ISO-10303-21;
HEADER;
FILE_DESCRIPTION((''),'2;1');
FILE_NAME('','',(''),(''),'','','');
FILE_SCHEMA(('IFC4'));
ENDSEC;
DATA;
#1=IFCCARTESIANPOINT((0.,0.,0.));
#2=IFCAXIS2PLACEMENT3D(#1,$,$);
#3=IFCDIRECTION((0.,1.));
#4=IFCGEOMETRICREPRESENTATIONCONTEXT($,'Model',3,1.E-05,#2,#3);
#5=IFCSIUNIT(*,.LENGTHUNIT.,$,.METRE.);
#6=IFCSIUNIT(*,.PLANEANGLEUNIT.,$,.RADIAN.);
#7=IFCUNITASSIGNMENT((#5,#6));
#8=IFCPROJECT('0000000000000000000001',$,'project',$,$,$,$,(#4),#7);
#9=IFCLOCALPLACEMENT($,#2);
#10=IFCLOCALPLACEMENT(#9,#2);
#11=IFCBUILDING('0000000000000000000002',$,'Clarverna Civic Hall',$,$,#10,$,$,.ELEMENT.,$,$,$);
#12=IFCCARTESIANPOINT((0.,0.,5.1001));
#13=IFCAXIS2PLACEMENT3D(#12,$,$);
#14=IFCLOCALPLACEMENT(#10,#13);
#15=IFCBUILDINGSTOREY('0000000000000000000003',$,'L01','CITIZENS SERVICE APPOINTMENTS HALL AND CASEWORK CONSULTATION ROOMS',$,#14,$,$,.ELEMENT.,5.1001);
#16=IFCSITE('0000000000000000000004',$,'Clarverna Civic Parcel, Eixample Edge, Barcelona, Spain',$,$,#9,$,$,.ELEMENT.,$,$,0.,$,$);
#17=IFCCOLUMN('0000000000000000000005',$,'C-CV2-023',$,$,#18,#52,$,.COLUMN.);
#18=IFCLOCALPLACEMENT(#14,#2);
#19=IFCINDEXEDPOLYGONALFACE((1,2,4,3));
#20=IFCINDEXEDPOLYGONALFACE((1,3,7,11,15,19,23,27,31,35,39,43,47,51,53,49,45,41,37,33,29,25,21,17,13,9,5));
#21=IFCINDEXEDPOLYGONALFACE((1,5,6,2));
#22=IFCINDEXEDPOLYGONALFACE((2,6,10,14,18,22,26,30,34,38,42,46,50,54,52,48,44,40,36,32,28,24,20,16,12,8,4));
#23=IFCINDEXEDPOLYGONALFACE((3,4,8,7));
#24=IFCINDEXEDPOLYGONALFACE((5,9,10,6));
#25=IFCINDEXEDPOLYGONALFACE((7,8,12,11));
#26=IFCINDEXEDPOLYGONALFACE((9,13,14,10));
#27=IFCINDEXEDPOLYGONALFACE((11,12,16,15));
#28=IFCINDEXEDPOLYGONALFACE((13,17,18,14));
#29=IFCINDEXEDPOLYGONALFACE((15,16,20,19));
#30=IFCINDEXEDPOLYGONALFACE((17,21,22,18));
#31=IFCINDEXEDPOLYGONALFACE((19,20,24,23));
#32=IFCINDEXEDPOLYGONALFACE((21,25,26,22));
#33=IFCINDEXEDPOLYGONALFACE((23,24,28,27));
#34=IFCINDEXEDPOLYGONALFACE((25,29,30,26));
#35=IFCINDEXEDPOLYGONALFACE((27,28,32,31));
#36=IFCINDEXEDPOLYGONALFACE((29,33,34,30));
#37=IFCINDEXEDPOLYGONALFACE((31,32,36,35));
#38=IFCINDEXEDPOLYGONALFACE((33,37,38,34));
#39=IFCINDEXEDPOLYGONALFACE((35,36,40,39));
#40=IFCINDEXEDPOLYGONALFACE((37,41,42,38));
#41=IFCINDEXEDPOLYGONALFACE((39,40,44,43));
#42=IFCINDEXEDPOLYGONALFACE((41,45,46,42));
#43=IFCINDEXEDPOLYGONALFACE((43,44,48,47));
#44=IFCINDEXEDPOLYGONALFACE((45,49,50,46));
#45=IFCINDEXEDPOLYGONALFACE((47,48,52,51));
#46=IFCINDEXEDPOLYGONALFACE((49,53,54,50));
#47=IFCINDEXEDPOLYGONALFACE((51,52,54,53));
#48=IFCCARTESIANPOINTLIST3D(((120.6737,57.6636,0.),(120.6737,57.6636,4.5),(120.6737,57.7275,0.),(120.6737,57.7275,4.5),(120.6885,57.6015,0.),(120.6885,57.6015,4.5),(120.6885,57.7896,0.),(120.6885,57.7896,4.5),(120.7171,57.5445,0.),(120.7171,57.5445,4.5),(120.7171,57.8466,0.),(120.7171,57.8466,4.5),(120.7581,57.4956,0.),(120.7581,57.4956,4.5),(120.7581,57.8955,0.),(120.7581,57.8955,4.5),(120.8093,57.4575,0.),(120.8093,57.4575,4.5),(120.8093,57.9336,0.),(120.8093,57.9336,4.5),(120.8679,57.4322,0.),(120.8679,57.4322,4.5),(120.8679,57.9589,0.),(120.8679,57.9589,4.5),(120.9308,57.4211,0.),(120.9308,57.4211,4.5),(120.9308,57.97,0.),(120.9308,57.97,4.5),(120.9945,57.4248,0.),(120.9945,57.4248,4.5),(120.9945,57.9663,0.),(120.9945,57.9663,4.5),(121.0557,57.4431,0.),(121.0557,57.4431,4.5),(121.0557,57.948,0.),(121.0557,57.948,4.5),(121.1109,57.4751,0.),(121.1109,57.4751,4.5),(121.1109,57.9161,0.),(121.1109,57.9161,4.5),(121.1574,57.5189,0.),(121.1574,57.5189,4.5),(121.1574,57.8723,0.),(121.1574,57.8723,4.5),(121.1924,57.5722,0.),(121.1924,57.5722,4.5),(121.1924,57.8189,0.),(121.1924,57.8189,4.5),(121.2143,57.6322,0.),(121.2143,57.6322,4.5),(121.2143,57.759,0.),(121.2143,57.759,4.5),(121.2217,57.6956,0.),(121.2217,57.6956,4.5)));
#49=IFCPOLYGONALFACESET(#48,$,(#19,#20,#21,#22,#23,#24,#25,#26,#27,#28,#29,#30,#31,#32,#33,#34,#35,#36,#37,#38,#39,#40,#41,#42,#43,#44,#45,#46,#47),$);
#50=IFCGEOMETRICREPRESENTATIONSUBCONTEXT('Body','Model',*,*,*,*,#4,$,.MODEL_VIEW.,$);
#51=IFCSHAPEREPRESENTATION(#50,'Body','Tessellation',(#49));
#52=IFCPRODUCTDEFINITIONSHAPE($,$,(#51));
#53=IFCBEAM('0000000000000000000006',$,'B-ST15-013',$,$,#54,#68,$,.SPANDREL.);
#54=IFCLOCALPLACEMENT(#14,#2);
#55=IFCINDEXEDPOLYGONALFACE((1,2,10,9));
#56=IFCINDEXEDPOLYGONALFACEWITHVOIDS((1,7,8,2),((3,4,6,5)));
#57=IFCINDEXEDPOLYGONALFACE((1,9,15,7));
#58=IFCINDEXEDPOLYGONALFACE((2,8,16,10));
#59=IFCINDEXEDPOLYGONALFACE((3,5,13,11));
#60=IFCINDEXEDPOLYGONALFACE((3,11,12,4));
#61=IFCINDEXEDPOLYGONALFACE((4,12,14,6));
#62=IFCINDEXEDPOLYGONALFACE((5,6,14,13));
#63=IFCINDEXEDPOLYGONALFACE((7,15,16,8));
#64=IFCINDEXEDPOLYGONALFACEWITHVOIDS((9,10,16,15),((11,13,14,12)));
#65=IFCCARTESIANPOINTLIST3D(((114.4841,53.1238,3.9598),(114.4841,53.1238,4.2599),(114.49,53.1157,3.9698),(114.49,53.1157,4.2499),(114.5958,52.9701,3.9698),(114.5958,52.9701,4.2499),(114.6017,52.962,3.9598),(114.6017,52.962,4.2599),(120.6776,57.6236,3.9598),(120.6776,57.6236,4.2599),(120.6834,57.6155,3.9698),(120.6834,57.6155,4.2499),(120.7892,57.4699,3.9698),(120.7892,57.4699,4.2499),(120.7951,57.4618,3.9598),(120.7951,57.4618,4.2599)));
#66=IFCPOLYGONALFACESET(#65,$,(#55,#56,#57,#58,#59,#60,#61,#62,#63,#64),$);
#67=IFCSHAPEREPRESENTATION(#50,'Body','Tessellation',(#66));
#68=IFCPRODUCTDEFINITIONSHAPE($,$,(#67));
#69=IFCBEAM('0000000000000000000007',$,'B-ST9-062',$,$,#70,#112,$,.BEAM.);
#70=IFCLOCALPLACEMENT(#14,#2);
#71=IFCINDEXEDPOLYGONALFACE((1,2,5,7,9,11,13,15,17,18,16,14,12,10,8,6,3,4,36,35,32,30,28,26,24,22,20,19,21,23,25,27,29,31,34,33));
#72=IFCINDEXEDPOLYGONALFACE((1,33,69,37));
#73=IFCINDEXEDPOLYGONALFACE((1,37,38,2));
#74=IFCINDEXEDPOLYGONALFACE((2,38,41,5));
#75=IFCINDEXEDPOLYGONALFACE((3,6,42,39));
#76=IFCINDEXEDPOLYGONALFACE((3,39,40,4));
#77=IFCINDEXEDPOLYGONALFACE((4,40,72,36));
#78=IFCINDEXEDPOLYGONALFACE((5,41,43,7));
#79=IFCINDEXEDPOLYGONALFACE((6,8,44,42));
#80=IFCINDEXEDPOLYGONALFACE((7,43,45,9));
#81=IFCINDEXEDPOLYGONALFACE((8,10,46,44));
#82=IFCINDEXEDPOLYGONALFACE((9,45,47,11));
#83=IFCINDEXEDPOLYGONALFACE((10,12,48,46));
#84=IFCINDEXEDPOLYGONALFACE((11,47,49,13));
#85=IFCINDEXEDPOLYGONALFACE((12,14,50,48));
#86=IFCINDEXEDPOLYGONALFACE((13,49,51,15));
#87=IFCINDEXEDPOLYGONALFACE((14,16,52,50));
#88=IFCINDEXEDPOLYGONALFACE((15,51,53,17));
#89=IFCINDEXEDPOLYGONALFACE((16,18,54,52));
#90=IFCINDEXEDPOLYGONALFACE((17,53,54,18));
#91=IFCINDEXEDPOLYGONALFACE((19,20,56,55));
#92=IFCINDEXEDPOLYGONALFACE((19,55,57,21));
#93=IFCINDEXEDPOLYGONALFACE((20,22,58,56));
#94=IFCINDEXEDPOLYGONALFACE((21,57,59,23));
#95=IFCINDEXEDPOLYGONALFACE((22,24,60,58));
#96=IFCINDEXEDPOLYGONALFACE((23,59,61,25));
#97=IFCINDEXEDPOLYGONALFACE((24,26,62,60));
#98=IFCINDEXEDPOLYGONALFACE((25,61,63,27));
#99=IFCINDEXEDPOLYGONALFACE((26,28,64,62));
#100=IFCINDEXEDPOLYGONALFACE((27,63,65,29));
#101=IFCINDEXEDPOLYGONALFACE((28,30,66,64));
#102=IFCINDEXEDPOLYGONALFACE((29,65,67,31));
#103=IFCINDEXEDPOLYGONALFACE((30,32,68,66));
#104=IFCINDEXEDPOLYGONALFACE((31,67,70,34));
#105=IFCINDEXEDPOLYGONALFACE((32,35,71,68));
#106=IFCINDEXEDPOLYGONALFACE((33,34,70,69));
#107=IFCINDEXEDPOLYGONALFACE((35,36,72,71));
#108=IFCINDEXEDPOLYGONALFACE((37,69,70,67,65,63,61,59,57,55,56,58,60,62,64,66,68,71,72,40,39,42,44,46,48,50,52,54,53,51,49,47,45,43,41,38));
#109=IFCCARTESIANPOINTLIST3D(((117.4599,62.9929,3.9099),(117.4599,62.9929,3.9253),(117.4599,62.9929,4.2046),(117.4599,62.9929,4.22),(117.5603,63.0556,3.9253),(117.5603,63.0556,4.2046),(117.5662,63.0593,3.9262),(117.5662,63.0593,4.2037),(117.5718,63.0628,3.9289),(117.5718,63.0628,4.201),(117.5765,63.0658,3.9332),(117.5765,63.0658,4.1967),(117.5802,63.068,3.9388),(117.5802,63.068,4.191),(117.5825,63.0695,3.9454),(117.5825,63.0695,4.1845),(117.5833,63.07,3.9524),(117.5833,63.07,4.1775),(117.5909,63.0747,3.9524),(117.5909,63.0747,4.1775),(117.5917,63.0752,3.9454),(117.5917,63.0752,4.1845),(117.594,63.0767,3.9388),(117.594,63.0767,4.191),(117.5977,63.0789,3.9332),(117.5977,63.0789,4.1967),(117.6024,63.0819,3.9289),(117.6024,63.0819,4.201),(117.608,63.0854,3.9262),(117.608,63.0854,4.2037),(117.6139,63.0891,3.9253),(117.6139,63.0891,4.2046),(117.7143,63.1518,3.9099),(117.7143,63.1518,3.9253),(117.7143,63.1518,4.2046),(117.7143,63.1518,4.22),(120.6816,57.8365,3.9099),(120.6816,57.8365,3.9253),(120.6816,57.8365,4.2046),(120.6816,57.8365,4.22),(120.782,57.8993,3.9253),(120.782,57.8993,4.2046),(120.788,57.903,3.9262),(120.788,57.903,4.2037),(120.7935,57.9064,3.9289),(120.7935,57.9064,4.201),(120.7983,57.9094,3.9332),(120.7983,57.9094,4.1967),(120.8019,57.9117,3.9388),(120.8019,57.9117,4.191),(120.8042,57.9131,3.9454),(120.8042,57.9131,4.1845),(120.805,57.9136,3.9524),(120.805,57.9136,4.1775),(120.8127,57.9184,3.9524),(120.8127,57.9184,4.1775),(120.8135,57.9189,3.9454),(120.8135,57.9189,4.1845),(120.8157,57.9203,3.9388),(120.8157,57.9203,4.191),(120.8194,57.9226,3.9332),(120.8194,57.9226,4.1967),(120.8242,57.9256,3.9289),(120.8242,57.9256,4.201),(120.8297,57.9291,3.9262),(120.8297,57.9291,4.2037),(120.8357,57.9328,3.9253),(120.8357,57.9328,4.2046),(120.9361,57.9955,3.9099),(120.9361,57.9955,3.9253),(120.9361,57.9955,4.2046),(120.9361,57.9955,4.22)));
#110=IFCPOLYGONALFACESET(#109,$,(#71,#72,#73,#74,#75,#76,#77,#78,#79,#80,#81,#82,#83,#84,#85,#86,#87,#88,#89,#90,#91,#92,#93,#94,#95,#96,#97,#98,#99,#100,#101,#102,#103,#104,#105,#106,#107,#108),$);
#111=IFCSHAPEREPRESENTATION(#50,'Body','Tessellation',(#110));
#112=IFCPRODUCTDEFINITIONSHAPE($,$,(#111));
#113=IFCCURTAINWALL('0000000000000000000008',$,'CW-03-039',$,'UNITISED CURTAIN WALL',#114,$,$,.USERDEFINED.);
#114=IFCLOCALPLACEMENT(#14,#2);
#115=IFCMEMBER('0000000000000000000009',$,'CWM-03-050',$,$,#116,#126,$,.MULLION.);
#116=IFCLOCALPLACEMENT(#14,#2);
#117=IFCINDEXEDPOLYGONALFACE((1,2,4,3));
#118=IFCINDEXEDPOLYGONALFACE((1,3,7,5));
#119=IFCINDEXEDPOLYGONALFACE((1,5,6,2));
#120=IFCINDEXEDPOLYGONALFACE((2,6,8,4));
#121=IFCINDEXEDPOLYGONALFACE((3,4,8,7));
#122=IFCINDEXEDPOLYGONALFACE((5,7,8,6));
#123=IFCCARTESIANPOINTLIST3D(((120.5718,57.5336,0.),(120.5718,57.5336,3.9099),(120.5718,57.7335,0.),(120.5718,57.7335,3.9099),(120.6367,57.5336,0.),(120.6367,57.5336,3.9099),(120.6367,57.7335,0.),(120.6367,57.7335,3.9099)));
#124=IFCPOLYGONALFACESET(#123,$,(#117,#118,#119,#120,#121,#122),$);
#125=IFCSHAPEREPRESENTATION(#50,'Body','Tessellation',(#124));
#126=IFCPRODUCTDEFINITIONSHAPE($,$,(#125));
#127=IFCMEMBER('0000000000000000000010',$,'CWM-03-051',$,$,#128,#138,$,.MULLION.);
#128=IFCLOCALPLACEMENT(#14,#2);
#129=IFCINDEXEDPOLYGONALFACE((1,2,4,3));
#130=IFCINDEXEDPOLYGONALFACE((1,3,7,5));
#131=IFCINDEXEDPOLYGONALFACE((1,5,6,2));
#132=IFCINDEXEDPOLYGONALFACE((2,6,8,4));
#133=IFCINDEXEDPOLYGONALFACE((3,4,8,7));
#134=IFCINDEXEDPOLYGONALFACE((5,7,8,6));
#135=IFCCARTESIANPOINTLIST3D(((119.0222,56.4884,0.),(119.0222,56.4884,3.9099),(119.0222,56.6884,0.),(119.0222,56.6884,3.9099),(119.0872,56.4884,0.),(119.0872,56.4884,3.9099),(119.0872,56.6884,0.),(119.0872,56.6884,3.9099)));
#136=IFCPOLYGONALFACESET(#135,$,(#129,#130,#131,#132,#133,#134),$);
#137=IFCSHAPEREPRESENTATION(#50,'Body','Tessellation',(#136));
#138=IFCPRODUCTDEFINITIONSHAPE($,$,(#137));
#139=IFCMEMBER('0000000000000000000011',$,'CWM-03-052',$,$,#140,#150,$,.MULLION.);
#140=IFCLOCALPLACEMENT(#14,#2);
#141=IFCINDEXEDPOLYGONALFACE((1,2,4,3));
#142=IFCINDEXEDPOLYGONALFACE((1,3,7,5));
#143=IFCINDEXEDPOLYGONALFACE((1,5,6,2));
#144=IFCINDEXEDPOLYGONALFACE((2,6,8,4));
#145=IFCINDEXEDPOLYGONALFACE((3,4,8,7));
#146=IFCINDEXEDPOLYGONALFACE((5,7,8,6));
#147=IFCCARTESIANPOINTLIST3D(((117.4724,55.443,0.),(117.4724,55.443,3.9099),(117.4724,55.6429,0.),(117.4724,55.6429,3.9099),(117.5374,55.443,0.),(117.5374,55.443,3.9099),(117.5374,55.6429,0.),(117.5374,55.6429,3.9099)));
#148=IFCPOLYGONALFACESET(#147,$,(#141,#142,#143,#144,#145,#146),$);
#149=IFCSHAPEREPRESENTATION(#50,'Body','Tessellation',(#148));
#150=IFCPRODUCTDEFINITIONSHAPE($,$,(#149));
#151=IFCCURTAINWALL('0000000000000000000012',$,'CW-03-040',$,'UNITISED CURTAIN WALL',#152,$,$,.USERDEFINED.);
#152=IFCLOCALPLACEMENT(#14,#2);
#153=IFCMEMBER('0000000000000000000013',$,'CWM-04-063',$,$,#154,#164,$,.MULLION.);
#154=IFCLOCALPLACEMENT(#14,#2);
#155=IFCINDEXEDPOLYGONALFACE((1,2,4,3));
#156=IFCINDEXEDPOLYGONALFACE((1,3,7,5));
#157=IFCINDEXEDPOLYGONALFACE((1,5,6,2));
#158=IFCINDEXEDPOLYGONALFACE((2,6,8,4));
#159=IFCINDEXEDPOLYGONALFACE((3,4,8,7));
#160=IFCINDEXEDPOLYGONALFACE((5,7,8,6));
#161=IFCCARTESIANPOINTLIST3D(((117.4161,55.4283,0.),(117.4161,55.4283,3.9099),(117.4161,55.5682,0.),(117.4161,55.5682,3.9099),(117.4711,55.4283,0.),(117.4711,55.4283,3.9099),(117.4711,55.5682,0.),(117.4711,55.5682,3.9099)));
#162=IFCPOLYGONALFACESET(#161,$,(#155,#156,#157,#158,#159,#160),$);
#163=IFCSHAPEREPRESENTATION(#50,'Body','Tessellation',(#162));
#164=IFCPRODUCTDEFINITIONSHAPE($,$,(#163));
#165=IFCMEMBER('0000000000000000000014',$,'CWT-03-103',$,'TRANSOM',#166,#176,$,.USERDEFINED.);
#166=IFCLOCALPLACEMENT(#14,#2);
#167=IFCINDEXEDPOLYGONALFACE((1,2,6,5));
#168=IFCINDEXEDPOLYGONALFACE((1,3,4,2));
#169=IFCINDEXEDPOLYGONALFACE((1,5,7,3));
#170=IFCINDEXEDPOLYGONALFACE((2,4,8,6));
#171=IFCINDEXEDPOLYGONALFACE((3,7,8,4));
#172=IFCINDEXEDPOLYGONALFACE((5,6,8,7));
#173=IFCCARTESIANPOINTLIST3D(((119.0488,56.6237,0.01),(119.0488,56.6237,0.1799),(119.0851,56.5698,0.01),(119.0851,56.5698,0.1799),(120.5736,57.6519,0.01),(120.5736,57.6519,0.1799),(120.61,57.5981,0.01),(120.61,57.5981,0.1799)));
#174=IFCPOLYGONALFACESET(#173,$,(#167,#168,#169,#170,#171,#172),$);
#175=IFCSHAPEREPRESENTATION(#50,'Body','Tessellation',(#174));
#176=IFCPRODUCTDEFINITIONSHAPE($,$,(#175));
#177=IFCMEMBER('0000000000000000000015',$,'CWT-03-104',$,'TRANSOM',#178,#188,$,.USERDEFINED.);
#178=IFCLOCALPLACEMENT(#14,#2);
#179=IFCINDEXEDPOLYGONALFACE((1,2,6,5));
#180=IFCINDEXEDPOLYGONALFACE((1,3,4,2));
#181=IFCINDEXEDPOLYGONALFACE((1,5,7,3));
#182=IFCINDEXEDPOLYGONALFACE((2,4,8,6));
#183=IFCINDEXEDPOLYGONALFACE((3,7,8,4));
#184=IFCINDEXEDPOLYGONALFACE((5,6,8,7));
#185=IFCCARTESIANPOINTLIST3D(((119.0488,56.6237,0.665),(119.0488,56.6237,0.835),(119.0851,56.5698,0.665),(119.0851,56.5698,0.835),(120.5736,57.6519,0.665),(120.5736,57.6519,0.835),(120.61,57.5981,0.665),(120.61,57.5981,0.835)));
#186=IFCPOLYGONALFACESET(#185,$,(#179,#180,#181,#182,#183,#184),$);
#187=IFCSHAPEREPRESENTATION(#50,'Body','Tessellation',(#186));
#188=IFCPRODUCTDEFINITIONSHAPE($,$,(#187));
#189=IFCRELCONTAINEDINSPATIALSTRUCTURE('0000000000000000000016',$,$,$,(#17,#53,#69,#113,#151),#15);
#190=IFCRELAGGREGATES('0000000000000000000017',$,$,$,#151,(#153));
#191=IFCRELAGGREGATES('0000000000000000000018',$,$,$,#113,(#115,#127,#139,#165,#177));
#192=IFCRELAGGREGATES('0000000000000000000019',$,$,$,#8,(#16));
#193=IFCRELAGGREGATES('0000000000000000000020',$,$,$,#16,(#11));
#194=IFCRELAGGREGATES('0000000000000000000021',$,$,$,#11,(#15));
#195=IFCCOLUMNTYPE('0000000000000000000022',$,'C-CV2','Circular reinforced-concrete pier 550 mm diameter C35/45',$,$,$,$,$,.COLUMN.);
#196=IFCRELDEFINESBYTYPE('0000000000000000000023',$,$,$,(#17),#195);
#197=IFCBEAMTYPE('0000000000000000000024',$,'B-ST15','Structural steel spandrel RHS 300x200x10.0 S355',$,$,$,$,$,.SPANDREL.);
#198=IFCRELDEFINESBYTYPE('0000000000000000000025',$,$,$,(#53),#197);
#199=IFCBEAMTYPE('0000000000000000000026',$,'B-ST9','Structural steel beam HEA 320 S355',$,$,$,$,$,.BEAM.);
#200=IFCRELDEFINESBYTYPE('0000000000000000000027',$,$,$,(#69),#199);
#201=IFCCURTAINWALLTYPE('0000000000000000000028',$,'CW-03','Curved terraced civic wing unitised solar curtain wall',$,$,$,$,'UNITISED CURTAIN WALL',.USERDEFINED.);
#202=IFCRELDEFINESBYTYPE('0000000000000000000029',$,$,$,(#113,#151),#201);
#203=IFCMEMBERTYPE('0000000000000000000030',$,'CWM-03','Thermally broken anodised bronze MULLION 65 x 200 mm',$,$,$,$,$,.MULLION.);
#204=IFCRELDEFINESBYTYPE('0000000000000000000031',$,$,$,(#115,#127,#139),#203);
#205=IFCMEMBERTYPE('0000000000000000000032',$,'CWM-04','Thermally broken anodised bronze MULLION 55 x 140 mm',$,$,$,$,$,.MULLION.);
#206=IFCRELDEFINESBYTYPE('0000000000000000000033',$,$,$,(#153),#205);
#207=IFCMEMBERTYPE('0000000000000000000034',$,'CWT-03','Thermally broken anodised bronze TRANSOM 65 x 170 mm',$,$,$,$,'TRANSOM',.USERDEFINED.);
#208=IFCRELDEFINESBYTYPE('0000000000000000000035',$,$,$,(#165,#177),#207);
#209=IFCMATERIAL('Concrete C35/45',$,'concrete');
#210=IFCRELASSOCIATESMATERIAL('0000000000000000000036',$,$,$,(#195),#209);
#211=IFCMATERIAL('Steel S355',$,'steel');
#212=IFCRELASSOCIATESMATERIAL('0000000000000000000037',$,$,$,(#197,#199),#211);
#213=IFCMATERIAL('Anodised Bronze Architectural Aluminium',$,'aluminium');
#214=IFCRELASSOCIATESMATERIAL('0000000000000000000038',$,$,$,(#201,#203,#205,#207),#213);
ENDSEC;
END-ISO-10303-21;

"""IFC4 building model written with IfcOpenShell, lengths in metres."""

from ifc_helpers import new_model, si_unit, direction, frame, origin, origin_2d, place, context, subcontext, project, spatial, rectangle, hollow_rectangle, circle, i_section, extrude, material, material_profile, profile_set, type_object, element, aggregate, save


model = new_model("IFC4")

# Units and contexts
model_context = context("Model", 3, precision=1e-05, world=origin(), true_north=direction((0.0, 1.0)))
body_context = subcontext(model_context, "Body", "Model", "MODEL_VIEW")
ifc_project = project(units=[si_unit("LENGTHUNIT", "METRE"), si_unit("PLANEANGLEUNIT", "RADIAN")], contexts=[model_context])

# Site, building, storey
site_placement = place(None, origin())
site = spatial("IfcSite", under=ifc_project, at=site_placement, Name="Clarverna Civic Parcel, Eixample Edge, Barcelona, Spain", CompositionType="ELEMENT", RefElevation=0.0)
building_placement = place(site_placement, origin())
building = spatial("IfcBuilding", under=site, at=building_placement, Name="Clarverna Civic Hall", CompositionType="ELEMENT")
storey_placement = place(building_placement, frame((0.0, 0.0, 5.1001)))
storey = spatial("IfcBuildingStorey", under=building, at=storey_placement, Name="L01", Description="CITIZENS SERVICE APPOINTMENTS HALL AND CASEWORK CONSULTATION ROOMS", CompositionType="ELEMENT", Elevation=5.1001)

# Column
ifc_material_1 = material(Name="Concrete C35/45", Category="concrete")
ifc_material_profile_1 = material_profile(ifc_material_1, circle(Radius=0.2749, at=origin_2d()), Name="RC D550")
ifc_profile_set_1 = profile_set([ifc_material_profile_1], Name="Concrete C35/45")
column_type = type_object("IfcColumnType", Name="C-CV2", Description="Circular reinforced-concrete pier 550 mm diameter C35/45", PredefinedType="COLUMN", material=ifc_profile_set_1)
column_placement = place(storey_placement, frame((120.9468, 57.6956, 0.0), z_axis=(0.0, 0.0, 1.0), x_axis=(1.0, 0.0, 0.0)))
element("IfcColumn", 1, at=column_placement, inside=storey, type_object=column_type, Name="C-CV2-023", PredefinedType="COLUMN", context=body_context, shape_type="SweptSolid", body=[
    extrude(circle(Radius=0.2749, at=origin_2d()), origin(), (0.0, 0.0, 1.0), 4.5),
])

# Beams
ifc_material_2 = material(Name="Steel S355", Category="steel")
ifc_material_profile_2 = material_profile(ifc_material_2, hollow_rectangle(XDim=0.2, YDim=0.3, WallThickness=0.01, at=origin_2d()), Name="RHS 300x200x10.0")
ifc_profile_set_2 = profile_set([ifc_material_profile_2], Name="Steel S355")
beam_type_1 = type_object("IfcBeamType", Name="B-ST15", Description="Structural steel spandrel RHS 300x200x10.0 S355", PredefinedType="SPANDREL", material=ifc_profile_set_2)
beam_1_placement = place(storey_placement, frame((120.7363, 57.5427, 4.1099), z_axis=(-0.809016, -0.587787, 0.0), x_axis=(0.587787, -0.809016, 0.0)))
element("IfcBeam", 2, at=beam_1_placement, inside=storey, type_object=beam_type_1, Name="B-ST15-013", PredefinedType="SPANDREL", context=body_context, shape_type="SweptSolid", body=[
    extrude(hollow_rectangle(XDim=0.2, YDim=0.3, WallThickness=0.01, at=origin_2d()), origin(), (0.0, 0.0, 1.0), 7.6555),
])
ifc_material_profile_3 = material_profile(ifc_material_2, i_section(OverallWidth=0.3, OverallDepth=0.3101, WebThickness=0.009, FlangeThickness=0.0154, FilletRadius=0.0271, at=origin_2d()), Name="HEA 320")
ifc_profile_set_3 = profile_set([ifc_material_profile_3], Name="Steel S355")
beam_type_2 = type_object("IfcBeamType", Name="B-ST9", Description="Structural steel beam HEA 320 S355", PredefinedType="BEAM", material=ifc_profile_set_3)
beam_2_placement = place(storey_placement, frame((120.8088, 57.916, 4.0649), z_axis=(-0.529883, 0.84807, 0.0), x_axis=(-0.84807, -0.529883, 0.0)))
element("IfcBeam", 3, at=beam_2_placement, inside=storey, type_object=beam_type_2, Name="B-ST9-062", PredefinedType="BEAM", context=body_context, shape_type="SweptSolid", body=[
    extrude(i_section(OverallWidth=0.3, OverallDepth=0.3101, WebThickness=0.009, FlangeThickness=0.0154, FilletRadius=0.0271, at=origin_2d()), origin(), (0.0, 0.0, 1.0), 6.0801),
])

# Curtain wall, members
ifc_material_3 = material(Name="Anodised Bronze Architectural Aluminium", Category="aluminium")
curtain_wall_type = type_object("IfcCurtainWallType", Name="CW-03", Description="Curved terraced civic wing unitised solar curtain wall", ElementType="UNITISED CURTAIN WALL", PredefinedType="USERDEFINED", material=ifc_material_3)
curtain_wall_1_placement = place(storey_placement, origin())
curtain_wall_1 = element("IfcCurtainWall", 4, at=curtain_wall_1_placement, inside=storey, type_object=curtain_wall_type, Name="CW-03-039", ObjectType="UNITISED CURTAIN WALL", PredefinedType="USERDEFINED")
ifc_material_profile_4 = material_profile(ifc_material_3, rectangle(XDim=0.0649, YDim=0.2, at=origin_2d()), Name="BRONZE 65x200")
ifc_profile_set_4 = profile_set([ifc_material_profile_4], Name="Anodised Bronze Architectural Aluminium")
member_type_1 = type_object("IfcMemberType", Name="CWM-03", Description="Thermally broken anodised bronze MULLION 65 x 200 mm", PredefinedType="MULLION", material=ifc_profile_set_4)
member_1_placement = place(storey_placement, frame((120.6042, 57.6335, 0.0), z_axis=(0.0, 0.0, 1.0), x_axis=(1.0, 0.0, 0.0)))
member_1 = element("IfcMember", 5, at=member_1_placement, type_object=member_type_1, Name="CWM-03-050", PredefinedType="MULLION", context=body_context, shape_type="SweptSolid", body=[
    extrude(rectangle(XDim=0.0649, YDim=0.2, at=origin_2d()), origin(), (0.0, 0.0, 1.0), 3.9099),
])
member_2_placement = place(storey_placement, frame((119.0547, 56.5884, 0.0), z_axis=(0.0, 0.0, 1.0), x_axis=(1.0, 0.0, 0.0)))
member_2 = element("IfcMember", 6, at=member_2_placement, type_object=member_type_1, Name="CWM-03-051", PredefinedType="MULLION", context=body_context, shape_type="SweptSolid", body=[
    extrude(rectangle(XDim=0.0649, YDim=0.2, at=origin_2d()), origin(), (0.0, 0.0, 1.0), 3.9099),
])
member_3_placement = place(storey_placement, frame((117.5049, 55.543, 0.0), z_axis=(0.0, 0.0, 1.0), x_axis=(1.0, 0.0, 0.0)))
member_3 = element("IfcMember", 7, at=member_3_placement, type_object=member_type_1, Name="CWM-03-052", PredefinedType="MULLION", context=body_context, shape_type="SweptSolid", body=[
    extrude(rectangle(XDim=0.0649, YDim=0.2, at=origin_2d()), origin(), (0.0, 0.0, 1.0), 3.9099),
])

# Curtain wall, member
curtain_wall_2_placement = place(storey_placement, origin())
curtain_wall_2 = element("IfcCurtainWall", 8, at=curtain_wall_2_placement, inside=storey, type_object=curtain_wall_type, Name="CW-03-040", ObjectType="UNITISED CURTAIN WALL", PredefinedType="USERDEFINED")
ifc_material_profile_5 = material_profile(ifc_material_3, rectangle(XDim=0.0549, YDim=0.1399, at=origin_2d()), Name="BRONZE 55x140")
ifc_profile_set_5 = profile_set([ifc_material_profile_5], Name="Anodised Bronze Architectural Aluminium")
member_type_2 = type_object("IfcMemberType", Name="CWM-04", Description="Thermally broken anodised bronze MULLION 55 x 140 mm", PredefinedType="MULLION", material=ifc_profile_set_5)
member_4_placement = place(storey_placement, frame((117.4436, 55.4983, 0.0), z_axis=(0.0, 0.0, 1.0), x_axis=(1.0, 0.0, 0.0)))
member_4 = element("IfcMember", 9, at=member_4_placement, type_object=member_type_2, Name="CWM-04-063", PredefinedType="MULLION", context=body_context, shape_type="SweptSolid", body=[
    extrude(rectangle(XDim=0.0549, YDim=0.1399, at=origin_2d()), origin(), (0.0, 0.0, 1.0), 3.9099),
])

# Members
ifc_material_profile_6 = material_profile(ifc_material_3, rectangle(XDim=0.0649, YDim=0.1699, at=origin_2d()), Name="BRONZE 65x170")
ifc_profile_set_6 = profile_set([ifc_material_profile_6], Name="Anodised Bronze Architectural Aluminium")
member_type_3 = type_object("IfcMemberType", Name="CWT-03", Description="Thermally broken anodised bronze TRANSOM 65 x 170 mm", ElementType="TRANSOM", PredefinedType="USERDEFINED", material=ifc_profile_set_6)
member_5_placement = place(storey_placement, frame((120.5918, 57.625, 0.095), z_axis=(-0.829098, -0.559103, 0.0), x_axis=(0.559103, -0.829098, 0.0)))
member_5 = element("IfcMember", 10, at=member_5_placement, type_object=member_type_3, Name="CWT-03-103", ObjectType="TRANSOM", PredefinedType="USERDEFINED", context=body_context, shape_type="SweptSolid", body=[
    extrude(rectangle(XDim=0.0649, YDim=0.1699, at=origin_2d()), origin(), (0.0, 0.0, 1.0), 1.8391),
])
member_6_placement = place(storey_placement, frame((120.5918, 57.625, 0.75), z_axis=(-0.829098, -0.559103, 0.0), x_axis=(0.559103, -0.829098, 0.0)))
member_6 = element("IfcMember", 11, at=member_6_placement, type_object=member_type_3, Name="CWT-03-104", ObjectType="TRANSOM", PredefinedType="USERDEFINED", context=body_context, shape_type="SweptSolid", body=[
    extrude(rectangle(XDim=0.0649, YDim=0.1699, at=origin_2d()), origin(), (0.0, 0.0, 1.0), 1.8391),
])

aggregate(curtain_wall_2, [member_4])
aggregate(curtain_wall_1, [member_1, member_2, member_3, member_5, member_6])

save(model, "model.ifc")
